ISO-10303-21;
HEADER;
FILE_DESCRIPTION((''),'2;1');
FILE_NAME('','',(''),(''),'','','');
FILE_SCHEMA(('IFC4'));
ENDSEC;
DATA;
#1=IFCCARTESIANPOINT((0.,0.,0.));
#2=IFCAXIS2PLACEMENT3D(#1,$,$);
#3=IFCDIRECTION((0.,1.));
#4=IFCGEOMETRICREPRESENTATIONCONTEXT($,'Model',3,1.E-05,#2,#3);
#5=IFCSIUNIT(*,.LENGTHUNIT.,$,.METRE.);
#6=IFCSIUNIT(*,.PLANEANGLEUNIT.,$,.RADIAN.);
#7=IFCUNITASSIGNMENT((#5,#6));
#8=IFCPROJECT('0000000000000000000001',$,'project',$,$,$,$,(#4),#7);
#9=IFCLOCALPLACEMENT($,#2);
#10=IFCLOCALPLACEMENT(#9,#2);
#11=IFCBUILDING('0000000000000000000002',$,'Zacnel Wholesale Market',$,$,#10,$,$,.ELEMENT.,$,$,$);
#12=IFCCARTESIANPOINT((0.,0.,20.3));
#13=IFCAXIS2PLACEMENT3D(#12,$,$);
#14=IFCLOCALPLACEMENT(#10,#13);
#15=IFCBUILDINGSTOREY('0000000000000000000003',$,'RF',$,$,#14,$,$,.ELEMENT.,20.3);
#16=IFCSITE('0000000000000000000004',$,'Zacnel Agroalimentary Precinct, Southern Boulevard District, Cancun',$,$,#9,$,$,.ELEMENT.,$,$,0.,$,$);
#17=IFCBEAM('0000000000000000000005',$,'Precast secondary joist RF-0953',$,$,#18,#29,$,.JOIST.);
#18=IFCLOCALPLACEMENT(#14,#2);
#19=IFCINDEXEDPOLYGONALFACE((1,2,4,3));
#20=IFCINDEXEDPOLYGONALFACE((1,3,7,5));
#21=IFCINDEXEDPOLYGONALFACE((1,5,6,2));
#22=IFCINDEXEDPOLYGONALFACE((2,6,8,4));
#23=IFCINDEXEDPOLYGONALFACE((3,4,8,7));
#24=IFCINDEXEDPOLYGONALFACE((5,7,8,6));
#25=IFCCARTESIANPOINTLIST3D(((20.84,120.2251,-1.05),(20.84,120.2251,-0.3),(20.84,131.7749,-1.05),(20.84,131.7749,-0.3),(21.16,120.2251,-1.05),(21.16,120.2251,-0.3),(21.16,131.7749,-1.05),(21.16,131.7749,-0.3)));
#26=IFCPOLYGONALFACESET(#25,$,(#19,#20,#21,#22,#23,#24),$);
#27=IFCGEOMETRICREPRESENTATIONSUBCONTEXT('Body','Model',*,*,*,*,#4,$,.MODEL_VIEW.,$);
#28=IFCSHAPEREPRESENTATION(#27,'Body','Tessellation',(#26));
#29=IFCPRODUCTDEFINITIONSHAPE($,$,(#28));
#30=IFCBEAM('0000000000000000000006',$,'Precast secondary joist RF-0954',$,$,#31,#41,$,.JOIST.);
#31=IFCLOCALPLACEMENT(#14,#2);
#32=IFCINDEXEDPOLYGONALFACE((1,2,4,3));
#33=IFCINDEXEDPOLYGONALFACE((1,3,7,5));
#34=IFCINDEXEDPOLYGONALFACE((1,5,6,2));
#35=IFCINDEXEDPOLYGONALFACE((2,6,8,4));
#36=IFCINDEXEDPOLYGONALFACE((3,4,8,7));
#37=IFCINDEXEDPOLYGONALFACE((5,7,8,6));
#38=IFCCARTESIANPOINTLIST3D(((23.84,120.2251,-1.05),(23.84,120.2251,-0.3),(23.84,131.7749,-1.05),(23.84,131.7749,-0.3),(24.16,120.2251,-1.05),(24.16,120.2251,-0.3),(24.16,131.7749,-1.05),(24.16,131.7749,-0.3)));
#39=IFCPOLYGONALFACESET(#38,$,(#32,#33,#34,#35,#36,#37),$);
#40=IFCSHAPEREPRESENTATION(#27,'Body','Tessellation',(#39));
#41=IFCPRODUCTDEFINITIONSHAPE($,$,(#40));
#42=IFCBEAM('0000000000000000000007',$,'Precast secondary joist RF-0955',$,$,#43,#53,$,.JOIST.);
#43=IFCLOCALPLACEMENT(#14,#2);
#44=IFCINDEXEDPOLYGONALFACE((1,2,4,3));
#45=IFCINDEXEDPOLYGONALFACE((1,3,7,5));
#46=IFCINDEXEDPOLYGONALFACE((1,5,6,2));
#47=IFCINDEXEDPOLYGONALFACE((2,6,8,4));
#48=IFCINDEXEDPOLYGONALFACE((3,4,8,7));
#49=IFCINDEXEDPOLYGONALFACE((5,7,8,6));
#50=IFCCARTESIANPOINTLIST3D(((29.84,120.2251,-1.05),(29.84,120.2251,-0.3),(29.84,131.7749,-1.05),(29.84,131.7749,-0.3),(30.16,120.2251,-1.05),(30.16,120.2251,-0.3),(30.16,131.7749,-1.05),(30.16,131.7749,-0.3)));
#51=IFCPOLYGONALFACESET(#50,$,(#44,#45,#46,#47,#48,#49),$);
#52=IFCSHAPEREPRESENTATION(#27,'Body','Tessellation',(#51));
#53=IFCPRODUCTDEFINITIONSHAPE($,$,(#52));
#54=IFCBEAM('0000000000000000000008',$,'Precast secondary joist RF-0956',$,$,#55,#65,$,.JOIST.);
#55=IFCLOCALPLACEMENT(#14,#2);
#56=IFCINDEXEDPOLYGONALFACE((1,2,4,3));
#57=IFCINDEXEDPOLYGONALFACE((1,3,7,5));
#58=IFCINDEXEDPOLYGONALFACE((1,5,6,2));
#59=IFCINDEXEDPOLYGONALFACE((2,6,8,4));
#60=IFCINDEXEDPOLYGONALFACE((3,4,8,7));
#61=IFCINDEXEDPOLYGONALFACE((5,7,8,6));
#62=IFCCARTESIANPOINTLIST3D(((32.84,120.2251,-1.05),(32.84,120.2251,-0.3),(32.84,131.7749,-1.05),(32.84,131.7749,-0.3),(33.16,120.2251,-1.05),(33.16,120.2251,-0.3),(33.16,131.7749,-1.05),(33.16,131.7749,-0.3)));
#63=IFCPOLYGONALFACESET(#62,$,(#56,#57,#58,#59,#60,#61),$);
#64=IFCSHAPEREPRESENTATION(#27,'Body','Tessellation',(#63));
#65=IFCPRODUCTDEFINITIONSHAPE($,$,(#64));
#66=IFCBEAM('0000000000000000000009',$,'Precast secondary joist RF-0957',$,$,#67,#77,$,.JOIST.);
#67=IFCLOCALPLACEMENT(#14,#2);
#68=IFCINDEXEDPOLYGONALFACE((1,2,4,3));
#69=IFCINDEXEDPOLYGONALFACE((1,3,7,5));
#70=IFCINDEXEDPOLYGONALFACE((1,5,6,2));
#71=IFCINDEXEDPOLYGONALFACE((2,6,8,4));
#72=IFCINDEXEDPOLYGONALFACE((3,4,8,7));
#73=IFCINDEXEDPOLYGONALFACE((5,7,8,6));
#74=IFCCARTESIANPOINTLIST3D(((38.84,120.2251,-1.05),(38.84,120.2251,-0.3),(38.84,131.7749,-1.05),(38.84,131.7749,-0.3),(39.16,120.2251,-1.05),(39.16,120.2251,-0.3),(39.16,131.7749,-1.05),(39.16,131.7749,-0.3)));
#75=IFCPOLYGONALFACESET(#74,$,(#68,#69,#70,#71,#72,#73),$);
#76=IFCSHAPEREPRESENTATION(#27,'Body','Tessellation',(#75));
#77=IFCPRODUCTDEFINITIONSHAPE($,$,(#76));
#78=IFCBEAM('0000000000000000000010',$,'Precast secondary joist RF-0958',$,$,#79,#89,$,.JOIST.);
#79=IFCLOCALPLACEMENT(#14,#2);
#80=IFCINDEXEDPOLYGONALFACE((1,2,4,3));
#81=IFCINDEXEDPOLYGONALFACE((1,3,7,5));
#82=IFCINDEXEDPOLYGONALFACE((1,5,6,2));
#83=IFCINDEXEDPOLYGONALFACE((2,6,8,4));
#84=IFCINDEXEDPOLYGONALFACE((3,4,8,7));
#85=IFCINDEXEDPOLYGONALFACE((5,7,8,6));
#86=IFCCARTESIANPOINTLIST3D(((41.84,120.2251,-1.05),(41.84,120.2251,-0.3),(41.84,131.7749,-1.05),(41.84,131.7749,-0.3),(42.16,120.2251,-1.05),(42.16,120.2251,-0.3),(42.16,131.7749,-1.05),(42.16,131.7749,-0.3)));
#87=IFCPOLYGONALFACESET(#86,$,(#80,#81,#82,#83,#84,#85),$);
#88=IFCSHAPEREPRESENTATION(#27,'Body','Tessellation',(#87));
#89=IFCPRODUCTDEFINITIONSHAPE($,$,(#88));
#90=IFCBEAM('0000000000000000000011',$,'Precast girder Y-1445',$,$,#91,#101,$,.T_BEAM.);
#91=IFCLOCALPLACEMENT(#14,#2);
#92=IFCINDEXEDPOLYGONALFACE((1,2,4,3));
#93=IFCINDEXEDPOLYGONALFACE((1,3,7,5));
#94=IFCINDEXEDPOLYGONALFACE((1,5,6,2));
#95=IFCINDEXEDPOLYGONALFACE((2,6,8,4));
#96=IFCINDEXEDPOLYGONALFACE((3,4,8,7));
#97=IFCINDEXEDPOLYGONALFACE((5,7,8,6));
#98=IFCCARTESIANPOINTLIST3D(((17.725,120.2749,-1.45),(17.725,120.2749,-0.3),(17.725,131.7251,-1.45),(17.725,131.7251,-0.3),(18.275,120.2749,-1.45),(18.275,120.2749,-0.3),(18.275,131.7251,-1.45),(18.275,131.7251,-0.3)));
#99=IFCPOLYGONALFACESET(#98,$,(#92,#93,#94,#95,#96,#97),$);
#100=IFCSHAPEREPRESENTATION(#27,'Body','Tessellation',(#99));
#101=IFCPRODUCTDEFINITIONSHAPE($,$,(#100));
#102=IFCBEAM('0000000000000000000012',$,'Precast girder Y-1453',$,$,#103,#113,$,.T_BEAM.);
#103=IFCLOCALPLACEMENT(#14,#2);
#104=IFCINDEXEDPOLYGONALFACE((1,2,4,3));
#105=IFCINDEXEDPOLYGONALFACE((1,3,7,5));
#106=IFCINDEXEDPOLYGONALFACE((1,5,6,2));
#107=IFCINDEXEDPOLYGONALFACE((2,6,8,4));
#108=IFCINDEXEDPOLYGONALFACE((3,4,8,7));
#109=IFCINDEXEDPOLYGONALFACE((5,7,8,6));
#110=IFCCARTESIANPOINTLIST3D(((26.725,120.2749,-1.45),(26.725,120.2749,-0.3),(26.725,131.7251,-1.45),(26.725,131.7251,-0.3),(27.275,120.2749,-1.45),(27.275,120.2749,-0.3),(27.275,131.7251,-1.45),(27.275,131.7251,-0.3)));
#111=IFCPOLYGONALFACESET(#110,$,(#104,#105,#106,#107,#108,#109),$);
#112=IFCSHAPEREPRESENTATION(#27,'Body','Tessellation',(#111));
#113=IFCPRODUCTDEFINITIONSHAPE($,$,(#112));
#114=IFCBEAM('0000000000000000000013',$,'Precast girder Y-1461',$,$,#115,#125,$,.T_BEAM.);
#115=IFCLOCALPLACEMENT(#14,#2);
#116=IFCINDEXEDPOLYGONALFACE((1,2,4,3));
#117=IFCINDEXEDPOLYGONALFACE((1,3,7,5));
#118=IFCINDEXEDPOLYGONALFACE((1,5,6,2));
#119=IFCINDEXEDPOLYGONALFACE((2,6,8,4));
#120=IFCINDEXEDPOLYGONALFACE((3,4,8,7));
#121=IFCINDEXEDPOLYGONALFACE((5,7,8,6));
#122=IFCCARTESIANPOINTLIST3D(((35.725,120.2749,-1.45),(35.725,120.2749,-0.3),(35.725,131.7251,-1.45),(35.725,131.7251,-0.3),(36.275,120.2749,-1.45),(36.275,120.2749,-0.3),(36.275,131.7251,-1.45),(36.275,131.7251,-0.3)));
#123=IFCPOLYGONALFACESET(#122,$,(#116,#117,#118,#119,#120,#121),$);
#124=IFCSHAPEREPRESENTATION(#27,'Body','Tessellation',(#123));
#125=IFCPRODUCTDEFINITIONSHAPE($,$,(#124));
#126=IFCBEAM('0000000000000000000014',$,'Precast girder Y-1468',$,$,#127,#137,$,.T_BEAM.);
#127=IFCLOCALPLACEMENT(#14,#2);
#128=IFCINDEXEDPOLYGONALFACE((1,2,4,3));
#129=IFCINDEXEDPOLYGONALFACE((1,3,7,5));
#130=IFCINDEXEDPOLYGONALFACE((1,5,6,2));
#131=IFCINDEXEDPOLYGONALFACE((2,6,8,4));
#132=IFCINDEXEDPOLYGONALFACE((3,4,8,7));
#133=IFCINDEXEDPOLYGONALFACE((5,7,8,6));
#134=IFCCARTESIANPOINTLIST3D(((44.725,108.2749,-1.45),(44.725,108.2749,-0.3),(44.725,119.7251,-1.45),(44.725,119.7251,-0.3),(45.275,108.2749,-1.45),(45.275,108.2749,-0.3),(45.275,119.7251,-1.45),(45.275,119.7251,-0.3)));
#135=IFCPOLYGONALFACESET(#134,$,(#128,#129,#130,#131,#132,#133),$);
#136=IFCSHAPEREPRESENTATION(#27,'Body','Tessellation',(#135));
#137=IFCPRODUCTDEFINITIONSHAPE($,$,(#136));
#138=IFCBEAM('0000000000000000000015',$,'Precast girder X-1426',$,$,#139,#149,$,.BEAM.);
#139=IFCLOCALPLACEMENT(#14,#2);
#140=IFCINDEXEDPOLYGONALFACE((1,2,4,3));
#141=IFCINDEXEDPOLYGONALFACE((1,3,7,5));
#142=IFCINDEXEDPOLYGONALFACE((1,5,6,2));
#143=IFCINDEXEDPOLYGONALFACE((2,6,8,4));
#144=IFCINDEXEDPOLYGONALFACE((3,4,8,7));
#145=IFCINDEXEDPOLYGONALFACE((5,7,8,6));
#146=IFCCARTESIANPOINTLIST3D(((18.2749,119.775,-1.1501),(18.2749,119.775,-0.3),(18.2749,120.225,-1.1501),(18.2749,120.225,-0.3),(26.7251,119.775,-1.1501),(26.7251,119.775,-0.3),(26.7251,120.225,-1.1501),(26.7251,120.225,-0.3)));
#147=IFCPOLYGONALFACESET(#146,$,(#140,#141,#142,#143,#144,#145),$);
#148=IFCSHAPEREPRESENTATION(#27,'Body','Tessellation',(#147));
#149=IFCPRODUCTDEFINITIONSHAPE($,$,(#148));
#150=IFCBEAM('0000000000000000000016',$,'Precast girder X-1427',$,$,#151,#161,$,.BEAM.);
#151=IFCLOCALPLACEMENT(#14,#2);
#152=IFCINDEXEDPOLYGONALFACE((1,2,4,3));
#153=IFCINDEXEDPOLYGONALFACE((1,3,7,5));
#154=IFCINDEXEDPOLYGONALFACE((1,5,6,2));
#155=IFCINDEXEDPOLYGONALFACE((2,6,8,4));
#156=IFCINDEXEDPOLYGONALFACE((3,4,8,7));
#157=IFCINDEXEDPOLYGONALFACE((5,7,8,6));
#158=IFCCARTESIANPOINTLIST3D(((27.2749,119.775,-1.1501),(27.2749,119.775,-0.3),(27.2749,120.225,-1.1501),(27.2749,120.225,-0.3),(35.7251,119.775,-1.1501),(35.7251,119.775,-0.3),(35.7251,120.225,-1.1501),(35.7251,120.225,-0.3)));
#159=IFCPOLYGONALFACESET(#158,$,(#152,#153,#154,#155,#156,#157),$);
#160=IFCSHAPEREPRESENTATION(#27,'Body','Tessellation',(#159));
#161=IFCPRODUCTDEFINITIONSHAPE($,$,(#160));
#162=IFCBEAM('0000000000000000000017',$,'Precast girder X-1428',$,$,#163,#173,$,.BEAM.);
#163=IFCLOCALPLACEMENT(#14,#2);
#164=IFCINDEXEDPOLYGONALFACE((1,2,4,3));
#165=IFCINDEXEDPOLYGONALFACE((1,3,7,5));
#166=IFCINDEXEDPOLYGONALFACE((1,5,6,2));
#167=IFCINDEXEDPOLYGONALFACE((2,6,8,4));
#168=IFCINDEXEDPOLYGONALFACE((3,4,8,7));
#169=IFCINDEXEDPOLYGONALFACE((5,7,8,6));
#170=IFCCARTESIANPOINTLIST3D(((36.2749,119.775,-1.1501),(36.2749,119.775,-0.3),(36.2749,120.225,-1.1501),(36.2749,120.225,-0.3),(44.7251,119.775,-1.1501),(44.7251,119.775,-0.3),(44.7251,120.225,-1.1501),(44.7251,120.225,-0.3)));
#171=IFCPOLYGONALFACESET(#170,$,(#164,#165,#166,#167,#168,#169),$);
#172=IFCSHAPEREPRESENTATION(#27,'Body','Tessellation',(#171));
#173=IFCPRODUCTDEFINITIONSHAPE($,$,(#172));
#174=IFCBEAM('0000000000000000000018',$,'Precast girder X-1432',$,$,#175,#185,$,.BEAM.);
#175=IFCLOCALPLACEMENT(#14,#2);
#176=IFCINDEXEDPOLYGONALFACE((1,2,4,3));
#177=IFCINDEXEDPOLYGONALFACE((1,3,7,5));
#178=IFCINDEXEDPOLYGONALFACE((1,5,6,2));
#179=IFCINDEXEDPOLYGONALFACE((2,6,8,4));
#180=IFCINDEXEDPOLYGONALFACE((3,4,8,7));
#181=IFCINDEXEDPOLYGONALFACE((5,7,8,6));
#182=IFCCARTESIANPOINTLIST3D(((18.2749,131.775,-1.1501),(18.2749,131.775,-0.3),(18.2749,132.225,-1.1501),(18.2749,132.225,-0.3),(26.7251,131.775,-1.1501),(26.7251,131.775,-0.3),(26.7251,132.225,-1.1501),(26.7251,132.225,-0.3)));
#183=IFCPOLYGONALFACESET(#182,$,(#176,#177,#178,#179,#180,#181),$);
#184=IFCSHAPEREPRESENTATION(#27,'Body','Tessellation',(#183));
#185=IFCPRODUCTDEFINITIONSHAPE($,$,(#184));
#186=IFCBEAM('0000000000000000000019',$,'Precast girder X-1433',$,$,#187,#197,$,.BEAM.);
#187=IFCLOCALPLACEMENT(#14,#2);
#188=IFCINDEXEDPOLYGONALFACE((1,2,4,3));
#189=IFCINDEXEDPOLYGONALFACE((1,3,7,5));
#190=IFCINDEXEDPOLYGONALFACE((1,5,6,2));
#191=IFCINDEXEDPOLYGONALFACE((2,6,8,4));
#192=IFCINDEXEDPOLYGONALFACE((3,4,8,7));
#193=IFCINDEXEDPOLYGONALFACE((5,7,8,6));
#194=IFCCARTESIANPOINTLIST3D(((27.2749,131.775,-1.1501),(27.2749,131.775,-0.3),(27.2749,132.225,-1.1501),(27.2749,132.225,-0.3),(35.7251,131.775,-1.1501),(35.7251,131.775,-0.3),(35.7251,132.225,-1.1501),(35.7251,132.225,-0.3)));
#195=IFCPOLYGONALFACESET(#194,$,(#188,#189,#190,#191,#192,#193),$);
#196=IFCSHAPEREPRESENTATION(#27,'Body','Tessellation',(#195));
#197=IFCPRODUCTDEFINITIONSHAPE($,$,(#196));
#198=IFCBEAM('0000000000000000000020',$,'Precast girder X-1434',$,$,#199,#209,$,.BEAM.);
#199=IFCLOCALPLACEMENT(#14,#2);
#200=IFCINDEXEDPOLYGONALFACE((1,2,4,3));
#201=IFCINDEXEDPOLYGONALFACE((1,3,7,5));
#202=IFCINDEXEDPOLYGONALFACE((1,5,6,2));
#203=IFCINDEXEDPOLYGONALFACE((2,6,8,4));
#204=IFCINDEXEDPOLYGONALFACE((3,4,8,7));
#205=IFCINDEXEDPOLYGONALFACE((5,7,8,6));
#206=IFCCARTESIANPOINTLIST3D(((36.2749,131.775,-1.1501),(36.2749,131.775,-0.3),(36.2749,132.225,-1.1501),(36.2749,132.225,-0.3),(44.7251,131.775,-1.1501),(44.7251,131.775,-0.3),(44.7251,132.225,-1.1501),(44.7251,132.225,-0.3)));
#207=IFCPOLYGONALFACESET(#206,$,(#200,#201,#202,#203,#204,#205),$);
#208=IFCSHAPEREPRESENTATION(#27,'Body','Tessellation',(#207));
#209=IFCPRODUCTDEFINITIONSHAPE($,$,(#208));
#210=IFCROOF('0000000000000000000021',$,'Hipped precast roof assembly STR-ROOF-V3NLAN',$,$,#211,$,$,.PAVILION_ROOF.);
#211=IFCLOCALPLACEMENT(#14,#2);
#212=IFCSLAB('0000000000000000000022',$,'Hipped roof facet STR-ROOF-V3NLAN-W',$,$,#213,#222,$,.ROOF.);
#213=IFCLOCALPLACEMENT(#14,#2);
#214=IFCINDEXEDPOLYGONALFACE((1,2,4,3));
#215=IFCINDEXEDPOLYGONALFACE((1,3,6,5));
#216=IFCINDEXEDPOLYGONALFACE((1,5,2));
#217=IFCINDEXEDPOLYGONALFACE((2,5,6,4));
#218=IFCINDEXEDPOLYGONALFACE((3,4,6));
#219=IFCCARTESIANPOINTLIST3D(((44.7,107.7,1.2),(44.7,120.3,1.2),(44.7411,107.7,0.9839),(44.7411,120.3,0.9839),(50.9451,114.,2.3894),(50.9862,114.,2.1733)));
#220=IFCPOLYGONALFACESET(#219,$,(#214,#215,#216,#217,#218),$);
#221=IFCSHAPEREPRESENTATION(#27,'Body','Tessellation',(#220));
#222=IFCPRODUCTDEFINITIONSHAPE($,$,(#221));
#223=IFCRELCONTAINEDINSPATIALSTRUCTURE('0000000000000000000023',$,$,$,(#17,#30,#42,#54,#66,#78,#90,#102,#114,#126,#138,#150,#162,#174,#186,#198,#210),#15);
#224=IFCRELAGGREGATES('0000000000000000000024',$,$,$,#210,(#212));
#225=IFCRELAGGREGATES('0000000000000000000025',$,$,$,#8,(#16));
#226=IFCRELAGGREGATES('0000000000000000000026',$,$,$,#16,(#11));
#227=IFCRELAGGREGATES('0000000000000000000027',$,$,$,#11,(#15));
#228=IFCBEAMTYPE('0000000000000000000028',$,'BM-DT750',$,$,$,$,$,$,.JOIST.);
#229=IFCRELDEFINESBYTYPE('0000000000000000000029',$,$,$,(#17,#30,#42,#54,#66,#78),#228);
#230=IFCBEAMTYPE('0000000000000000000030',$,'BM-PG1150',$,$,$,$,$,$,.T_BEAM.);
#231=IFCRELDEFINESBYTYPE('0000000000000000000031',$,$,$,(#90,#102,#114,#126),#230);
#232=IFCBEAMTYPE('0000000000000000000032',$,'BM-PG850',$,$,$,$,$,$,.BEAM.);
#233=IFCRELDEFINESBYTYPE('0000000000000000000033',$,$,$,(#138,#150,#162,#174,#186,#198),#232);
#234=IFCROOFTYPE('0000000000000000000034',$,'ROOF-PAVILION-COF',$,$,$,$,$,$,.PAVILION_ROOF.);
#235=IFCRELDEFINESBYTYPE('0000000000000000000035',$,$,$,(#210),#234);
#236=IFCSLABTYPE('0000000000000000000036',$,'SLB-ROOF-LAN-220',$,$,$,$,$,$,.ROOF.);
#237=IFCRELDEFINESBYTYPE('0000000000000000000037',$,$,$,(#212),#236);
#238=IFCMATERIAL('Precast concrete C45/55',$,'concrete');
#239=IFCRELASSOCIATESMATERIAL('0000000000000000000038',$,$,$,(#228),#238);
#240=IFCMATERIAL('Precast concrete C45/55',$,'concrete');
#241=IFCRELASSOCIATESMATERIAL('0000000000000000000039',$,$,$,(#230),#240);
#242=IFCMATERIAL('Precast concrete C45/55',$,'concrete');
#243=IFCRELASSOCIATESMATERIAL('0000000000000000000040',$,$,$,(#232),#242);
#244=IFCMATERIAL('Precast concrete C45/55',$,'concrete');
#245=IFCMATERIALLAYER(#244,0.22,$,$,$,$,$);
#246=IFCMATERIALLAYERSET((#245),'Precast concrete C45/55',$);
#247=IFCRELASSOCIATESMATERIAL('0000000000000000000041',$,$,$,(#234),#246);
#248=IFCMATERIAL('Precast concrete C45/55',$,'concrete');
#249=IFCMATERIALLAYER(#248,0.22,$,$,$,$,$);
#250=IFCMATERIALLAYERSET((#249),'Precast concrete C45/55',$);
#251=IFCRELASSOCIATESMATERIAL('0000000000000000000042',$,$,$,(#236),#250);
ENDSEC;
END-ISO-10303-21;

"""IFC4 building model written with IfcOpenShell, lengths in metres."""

from ifc_helpers import new_model, si_unit, direction, frame, origin, origin_2d, place, context, subcontext, project, spatial, polyline, rectangle, outline, extrude, material, layer, layer_set, material_profile, profile_set, type_object, element, aggregate, save


model = new_model("IFC4")

# Units and contexts
model_context = context("Model", 3, precision=1e-05, world=origin(), true_north=direction((0.0, 1.0)))
body_context = subcontext(model_context, "Body", "Model", "MODEL_VIEW")
ifc_project = project(units=[si_unit("LENGTHUNIT", "METRE"), si_unit("PLANEANGLEUNIT", "RADIAN")], contexts=[model_context])

# Site, building, storey
site_placement = place(None, origin())
site = spatial("IfcSite", under=ifc_project, at=site_placement, Name="Zacnel Agroalimentary Precinct, Southern Boulevard District, Cancun", CompositionType="ELEMENT", RefElevation=0.0)
building_placement = place(site_placement, origin())
building = spatial("IfcBuilding", under=site, at=building_placement, Name="Zacnel Wholesale Market", CompositionType="ELEMENT")
storey_placement = place(building_placement, frame((0.0, 0.0, 20.3)))
storey = spatial("IfcBuildingStorey", under=building, at=storey_placement, Name="RF", CompositionType="ELEMENT", Elevation=20.3)

# Beams
ifc_material_1 = material(Name="Precast concrete C45/55", Category="concrete")
ifc_material_profile_1 = material_profile(ifc_material_1, rectangle(XDim=0.3201, YDim=0.75, at=origin_2d()), Name="DT RIB 320x750")
ifc_profile_set_1 = profile_set([ifc_material_profile_1], Name="Precast concrete C45/55")
beam_type_1 = type_object("IfcBeamType", Name="BM-DT750", PredefinedType="JOIST", material=ifc_profile_set_1)
for number, where, z_axis, x_axis, name in (
    (1, (21.0, 120.2251, -0.675), (0.0, 1.0, 0.0), (-1.0, 0.0, 0.0), "Precast secondary joist RF-0953"),
    (2, (24.0, 120.2251, -0.675), (0.0, 1.0, 0.0), (-1.0, 0.0, 0.0), "Precast secondary joist RF-0954"),
    (3, (30.0, 120.2251, -0.675), (0.0, 1.0, 0.0), (-1.0, 0.0, 0.0), "Precast secondary joist RF-0955"),
    (4, (33.0, 120.2251, -0.675), (0.0, 1.0, 0.0), (-1.0, 0.0, 0.0), "Precast secondary joist RF-0956"),
    (5, (39.0, 120.2251, -0.675), (0.0, 1.0, 0.0), (-1.0, 0.0, 0.0), "Precast secondary joist RF-0957"),
    (6, (42.0, 120.2251, -0.675), (0.0, 1.0, 0.0), (-1.0, 0.0, 0.0), "Precast secondary joist RF-0958"),
):
    element("IfcBeam", number, at=place(storey_placement, frame(where, z_axis=z_axis, x_axis=x_axis)), inside=storey, type_object=beam_type_1, Name=name, PredefinedType="JOIST", context=body_context, shape_type="SweptSolid", body=[
        extrude(rectangle(XDim=0.3201, YDim=0.75, at=origin_2d()), origin(), (0.0, 0.0, 1.0), 11.5498),
    ])
ifc_material_2 = material(Name="Precast concrete C45/55", Category="concrete")
ifc_material_profile_2 = material_profile(ifc_material_2, rectangle(XDim=0.55, YDim=1.1499, at=origin_2d()), Name="PG 550x1150")
ifc_profile_set_2 = profile_set([ifc_material_profile_2], Name="Precast concrete C45/55")
beam_type_2 = type_object("IfcBeamType", Name="BM-PG1150", PredefinedType="T_BEAM", material=ifc_profile_set_2)
for number, where, z_axis, x_axis, name in (
    (7, (18.0, 120.2749, -0.875), (0.0, 1.0, 0.0), (-1.0, 0.0, 0.0), "Precast girder Y-1445"),
    (8, (27.0, 120.2749, -0.875), (0.0, 1.0, 0.0), (-1.0, 0.0, 0.0), "Precast girder Y-1453"),
    (9, (36.0, 120.2749, -0.875), (0.0, 1.0, 0.0), (-1.0, 0.0, 0.0), "Precast girder Y-1461"),
    (10, (45.0, 108.2749, -0.875), (0.0, 1.0, 0.0), (-1.0, 0.0, 0.0), "Precast girder Y-1468"),
):
    element("IfcBeam", number, at=place(storey_placement, frame(where, z_axis=z_axis, x_axis=x_axis)), inside=storey, type_object=beam_type_2, Name=name, PredefinedType="T_BEAM", context=body_context, shape_type="SweptSolid", body=[
        extrude(rectangle(XDim=0.55, YDim=1.1499, at=origin_2d()), origin(), (0.0, 0.0, 1.0), 11.4502),
    ])
ifc_material_3 = material(Name="Precast concrete C45/55", Category="concrete")
ifc_material_profile_3 = material_profile(ifc_material_3, rectangle(XDim=0.45, YDim=0.8501, at=origin_2d()), Name="PG 450x850")
ifc_profile_set_3 = profile_set([ifc_material_profile_3], Name="Precast concrete C45/55")
beam_type_3 = type_object("IfcBeamType", Name="BM-PG850", PredefinedType="BEAM", material=ifc_profile_set_3)
for number, where, z_axis, x_axis, name in (
    (11, (18.2749, 120.0, -0.7251), (1.0, 0.0, 0.0), (0.0, 1.0, 0.0), "Precast girder X-1426"),
    (12, (27.2749, 120.0, -0.7251), (1.0, 0.0, 0.0), (0.0, 1.0, 0.0), "Precast girder X-1427"),
    (13, (36.2749, 120.0, -0.7251), (1.0, 0.0, 0.0), (0.0, 1.0, 0.0), "Precast girder X-1428"),
    (14, (18.2749, 132.0, -0.7251), (1.0, 0.0, 0.0), (0.0, 1.0, 0.0), "Precast girder X-1432"),
    (15, (27.2749, 132.0, -0.7251), (1.0, 0.0, 0.0), (0.0, 1.0, 0.0), "Precast girder X-1433"),
    (16, (36.2749, 132.0, -0.7251), (1.0, 0.0, 0.0), (0.0, 1.0, 0.0), "Precast girder X-1434"),
):
    element("IfcBeam", number, at=place(storey_placement, frame(where, z_axis=z_axis, x_axis=x_axis)), inside=storey, type_object=beam_type_3, Name=name, PredefinedType="BEAM", context=body_context, shape_type="SweptSolid", body=[
        extrude(rectangle(XDim=0.45, YDim=0.8501, at=origin_2d()), origin(), (0.0, 0.0, 1.0), 8.4502),
    ])

# Roof, slab
ifc_material_4 = material(Name="Precast concrete C45/55", Category="concrete")
ifc_layer_1 = layer(ifc_material_4, 0.22)
ifc_layer_set_1 = layer_set([ifc_layer_1], Name="Precast concrete C45/55")
roof_type = type_object("IfcRoofType", Name="ROOF-PAVILION-COF", PredefinedType="PAVILION_ROOF", material=ifc_layer_set_1)
roof_placement = place(storey_placement, origin())
roof = element("IfcRoof", 17, at=roof_placement, inside=storey, type_object=roof_type, Name="Hipped precast roof assembly STR-ROOF-V3NLAN", PredefinedType="PAVILION_ROOF")
ifc_material_5 = material(Name="Precast concrete C45/55", Category="concrete")
ifc_layer_2 = layer(ifc_material_5, 0.22)
ifc_layer_set_2 = layer_set([ifc_layer_2], Name="Precast concrete C45/55")
slab_type = type_object("IfcSlabType", Name="SLB-ROOF-LAN-220", PredefinedType="ROOF", material=ifc_layer_set_2)
slab_placement = place(storey_placement, frame((44.7, 120.3, 1.2), z_axis=(-0.187098, 0.0, 0.982341), x_axis=(0.0, -1.0, 0.0)))
slab = element("IfcSlab", 18, at=slab_placement, type_object=slab_type, Name="Hipped roof facet STR-ROOF-V3NLAN-W", PredefinedType="ROOF", context=body_context, shape_type="SweptSolid", body=[
    extrude(outline(polyline([(0.0, 0.0), (12.6001, 0.0), (6.3, 6.3574), (0.0, 0.0)])), origin(), (0.0, 0.0, -1.0), 0.22),
])
aggregate(roof, [slab])

save(model, "model.ifc")
